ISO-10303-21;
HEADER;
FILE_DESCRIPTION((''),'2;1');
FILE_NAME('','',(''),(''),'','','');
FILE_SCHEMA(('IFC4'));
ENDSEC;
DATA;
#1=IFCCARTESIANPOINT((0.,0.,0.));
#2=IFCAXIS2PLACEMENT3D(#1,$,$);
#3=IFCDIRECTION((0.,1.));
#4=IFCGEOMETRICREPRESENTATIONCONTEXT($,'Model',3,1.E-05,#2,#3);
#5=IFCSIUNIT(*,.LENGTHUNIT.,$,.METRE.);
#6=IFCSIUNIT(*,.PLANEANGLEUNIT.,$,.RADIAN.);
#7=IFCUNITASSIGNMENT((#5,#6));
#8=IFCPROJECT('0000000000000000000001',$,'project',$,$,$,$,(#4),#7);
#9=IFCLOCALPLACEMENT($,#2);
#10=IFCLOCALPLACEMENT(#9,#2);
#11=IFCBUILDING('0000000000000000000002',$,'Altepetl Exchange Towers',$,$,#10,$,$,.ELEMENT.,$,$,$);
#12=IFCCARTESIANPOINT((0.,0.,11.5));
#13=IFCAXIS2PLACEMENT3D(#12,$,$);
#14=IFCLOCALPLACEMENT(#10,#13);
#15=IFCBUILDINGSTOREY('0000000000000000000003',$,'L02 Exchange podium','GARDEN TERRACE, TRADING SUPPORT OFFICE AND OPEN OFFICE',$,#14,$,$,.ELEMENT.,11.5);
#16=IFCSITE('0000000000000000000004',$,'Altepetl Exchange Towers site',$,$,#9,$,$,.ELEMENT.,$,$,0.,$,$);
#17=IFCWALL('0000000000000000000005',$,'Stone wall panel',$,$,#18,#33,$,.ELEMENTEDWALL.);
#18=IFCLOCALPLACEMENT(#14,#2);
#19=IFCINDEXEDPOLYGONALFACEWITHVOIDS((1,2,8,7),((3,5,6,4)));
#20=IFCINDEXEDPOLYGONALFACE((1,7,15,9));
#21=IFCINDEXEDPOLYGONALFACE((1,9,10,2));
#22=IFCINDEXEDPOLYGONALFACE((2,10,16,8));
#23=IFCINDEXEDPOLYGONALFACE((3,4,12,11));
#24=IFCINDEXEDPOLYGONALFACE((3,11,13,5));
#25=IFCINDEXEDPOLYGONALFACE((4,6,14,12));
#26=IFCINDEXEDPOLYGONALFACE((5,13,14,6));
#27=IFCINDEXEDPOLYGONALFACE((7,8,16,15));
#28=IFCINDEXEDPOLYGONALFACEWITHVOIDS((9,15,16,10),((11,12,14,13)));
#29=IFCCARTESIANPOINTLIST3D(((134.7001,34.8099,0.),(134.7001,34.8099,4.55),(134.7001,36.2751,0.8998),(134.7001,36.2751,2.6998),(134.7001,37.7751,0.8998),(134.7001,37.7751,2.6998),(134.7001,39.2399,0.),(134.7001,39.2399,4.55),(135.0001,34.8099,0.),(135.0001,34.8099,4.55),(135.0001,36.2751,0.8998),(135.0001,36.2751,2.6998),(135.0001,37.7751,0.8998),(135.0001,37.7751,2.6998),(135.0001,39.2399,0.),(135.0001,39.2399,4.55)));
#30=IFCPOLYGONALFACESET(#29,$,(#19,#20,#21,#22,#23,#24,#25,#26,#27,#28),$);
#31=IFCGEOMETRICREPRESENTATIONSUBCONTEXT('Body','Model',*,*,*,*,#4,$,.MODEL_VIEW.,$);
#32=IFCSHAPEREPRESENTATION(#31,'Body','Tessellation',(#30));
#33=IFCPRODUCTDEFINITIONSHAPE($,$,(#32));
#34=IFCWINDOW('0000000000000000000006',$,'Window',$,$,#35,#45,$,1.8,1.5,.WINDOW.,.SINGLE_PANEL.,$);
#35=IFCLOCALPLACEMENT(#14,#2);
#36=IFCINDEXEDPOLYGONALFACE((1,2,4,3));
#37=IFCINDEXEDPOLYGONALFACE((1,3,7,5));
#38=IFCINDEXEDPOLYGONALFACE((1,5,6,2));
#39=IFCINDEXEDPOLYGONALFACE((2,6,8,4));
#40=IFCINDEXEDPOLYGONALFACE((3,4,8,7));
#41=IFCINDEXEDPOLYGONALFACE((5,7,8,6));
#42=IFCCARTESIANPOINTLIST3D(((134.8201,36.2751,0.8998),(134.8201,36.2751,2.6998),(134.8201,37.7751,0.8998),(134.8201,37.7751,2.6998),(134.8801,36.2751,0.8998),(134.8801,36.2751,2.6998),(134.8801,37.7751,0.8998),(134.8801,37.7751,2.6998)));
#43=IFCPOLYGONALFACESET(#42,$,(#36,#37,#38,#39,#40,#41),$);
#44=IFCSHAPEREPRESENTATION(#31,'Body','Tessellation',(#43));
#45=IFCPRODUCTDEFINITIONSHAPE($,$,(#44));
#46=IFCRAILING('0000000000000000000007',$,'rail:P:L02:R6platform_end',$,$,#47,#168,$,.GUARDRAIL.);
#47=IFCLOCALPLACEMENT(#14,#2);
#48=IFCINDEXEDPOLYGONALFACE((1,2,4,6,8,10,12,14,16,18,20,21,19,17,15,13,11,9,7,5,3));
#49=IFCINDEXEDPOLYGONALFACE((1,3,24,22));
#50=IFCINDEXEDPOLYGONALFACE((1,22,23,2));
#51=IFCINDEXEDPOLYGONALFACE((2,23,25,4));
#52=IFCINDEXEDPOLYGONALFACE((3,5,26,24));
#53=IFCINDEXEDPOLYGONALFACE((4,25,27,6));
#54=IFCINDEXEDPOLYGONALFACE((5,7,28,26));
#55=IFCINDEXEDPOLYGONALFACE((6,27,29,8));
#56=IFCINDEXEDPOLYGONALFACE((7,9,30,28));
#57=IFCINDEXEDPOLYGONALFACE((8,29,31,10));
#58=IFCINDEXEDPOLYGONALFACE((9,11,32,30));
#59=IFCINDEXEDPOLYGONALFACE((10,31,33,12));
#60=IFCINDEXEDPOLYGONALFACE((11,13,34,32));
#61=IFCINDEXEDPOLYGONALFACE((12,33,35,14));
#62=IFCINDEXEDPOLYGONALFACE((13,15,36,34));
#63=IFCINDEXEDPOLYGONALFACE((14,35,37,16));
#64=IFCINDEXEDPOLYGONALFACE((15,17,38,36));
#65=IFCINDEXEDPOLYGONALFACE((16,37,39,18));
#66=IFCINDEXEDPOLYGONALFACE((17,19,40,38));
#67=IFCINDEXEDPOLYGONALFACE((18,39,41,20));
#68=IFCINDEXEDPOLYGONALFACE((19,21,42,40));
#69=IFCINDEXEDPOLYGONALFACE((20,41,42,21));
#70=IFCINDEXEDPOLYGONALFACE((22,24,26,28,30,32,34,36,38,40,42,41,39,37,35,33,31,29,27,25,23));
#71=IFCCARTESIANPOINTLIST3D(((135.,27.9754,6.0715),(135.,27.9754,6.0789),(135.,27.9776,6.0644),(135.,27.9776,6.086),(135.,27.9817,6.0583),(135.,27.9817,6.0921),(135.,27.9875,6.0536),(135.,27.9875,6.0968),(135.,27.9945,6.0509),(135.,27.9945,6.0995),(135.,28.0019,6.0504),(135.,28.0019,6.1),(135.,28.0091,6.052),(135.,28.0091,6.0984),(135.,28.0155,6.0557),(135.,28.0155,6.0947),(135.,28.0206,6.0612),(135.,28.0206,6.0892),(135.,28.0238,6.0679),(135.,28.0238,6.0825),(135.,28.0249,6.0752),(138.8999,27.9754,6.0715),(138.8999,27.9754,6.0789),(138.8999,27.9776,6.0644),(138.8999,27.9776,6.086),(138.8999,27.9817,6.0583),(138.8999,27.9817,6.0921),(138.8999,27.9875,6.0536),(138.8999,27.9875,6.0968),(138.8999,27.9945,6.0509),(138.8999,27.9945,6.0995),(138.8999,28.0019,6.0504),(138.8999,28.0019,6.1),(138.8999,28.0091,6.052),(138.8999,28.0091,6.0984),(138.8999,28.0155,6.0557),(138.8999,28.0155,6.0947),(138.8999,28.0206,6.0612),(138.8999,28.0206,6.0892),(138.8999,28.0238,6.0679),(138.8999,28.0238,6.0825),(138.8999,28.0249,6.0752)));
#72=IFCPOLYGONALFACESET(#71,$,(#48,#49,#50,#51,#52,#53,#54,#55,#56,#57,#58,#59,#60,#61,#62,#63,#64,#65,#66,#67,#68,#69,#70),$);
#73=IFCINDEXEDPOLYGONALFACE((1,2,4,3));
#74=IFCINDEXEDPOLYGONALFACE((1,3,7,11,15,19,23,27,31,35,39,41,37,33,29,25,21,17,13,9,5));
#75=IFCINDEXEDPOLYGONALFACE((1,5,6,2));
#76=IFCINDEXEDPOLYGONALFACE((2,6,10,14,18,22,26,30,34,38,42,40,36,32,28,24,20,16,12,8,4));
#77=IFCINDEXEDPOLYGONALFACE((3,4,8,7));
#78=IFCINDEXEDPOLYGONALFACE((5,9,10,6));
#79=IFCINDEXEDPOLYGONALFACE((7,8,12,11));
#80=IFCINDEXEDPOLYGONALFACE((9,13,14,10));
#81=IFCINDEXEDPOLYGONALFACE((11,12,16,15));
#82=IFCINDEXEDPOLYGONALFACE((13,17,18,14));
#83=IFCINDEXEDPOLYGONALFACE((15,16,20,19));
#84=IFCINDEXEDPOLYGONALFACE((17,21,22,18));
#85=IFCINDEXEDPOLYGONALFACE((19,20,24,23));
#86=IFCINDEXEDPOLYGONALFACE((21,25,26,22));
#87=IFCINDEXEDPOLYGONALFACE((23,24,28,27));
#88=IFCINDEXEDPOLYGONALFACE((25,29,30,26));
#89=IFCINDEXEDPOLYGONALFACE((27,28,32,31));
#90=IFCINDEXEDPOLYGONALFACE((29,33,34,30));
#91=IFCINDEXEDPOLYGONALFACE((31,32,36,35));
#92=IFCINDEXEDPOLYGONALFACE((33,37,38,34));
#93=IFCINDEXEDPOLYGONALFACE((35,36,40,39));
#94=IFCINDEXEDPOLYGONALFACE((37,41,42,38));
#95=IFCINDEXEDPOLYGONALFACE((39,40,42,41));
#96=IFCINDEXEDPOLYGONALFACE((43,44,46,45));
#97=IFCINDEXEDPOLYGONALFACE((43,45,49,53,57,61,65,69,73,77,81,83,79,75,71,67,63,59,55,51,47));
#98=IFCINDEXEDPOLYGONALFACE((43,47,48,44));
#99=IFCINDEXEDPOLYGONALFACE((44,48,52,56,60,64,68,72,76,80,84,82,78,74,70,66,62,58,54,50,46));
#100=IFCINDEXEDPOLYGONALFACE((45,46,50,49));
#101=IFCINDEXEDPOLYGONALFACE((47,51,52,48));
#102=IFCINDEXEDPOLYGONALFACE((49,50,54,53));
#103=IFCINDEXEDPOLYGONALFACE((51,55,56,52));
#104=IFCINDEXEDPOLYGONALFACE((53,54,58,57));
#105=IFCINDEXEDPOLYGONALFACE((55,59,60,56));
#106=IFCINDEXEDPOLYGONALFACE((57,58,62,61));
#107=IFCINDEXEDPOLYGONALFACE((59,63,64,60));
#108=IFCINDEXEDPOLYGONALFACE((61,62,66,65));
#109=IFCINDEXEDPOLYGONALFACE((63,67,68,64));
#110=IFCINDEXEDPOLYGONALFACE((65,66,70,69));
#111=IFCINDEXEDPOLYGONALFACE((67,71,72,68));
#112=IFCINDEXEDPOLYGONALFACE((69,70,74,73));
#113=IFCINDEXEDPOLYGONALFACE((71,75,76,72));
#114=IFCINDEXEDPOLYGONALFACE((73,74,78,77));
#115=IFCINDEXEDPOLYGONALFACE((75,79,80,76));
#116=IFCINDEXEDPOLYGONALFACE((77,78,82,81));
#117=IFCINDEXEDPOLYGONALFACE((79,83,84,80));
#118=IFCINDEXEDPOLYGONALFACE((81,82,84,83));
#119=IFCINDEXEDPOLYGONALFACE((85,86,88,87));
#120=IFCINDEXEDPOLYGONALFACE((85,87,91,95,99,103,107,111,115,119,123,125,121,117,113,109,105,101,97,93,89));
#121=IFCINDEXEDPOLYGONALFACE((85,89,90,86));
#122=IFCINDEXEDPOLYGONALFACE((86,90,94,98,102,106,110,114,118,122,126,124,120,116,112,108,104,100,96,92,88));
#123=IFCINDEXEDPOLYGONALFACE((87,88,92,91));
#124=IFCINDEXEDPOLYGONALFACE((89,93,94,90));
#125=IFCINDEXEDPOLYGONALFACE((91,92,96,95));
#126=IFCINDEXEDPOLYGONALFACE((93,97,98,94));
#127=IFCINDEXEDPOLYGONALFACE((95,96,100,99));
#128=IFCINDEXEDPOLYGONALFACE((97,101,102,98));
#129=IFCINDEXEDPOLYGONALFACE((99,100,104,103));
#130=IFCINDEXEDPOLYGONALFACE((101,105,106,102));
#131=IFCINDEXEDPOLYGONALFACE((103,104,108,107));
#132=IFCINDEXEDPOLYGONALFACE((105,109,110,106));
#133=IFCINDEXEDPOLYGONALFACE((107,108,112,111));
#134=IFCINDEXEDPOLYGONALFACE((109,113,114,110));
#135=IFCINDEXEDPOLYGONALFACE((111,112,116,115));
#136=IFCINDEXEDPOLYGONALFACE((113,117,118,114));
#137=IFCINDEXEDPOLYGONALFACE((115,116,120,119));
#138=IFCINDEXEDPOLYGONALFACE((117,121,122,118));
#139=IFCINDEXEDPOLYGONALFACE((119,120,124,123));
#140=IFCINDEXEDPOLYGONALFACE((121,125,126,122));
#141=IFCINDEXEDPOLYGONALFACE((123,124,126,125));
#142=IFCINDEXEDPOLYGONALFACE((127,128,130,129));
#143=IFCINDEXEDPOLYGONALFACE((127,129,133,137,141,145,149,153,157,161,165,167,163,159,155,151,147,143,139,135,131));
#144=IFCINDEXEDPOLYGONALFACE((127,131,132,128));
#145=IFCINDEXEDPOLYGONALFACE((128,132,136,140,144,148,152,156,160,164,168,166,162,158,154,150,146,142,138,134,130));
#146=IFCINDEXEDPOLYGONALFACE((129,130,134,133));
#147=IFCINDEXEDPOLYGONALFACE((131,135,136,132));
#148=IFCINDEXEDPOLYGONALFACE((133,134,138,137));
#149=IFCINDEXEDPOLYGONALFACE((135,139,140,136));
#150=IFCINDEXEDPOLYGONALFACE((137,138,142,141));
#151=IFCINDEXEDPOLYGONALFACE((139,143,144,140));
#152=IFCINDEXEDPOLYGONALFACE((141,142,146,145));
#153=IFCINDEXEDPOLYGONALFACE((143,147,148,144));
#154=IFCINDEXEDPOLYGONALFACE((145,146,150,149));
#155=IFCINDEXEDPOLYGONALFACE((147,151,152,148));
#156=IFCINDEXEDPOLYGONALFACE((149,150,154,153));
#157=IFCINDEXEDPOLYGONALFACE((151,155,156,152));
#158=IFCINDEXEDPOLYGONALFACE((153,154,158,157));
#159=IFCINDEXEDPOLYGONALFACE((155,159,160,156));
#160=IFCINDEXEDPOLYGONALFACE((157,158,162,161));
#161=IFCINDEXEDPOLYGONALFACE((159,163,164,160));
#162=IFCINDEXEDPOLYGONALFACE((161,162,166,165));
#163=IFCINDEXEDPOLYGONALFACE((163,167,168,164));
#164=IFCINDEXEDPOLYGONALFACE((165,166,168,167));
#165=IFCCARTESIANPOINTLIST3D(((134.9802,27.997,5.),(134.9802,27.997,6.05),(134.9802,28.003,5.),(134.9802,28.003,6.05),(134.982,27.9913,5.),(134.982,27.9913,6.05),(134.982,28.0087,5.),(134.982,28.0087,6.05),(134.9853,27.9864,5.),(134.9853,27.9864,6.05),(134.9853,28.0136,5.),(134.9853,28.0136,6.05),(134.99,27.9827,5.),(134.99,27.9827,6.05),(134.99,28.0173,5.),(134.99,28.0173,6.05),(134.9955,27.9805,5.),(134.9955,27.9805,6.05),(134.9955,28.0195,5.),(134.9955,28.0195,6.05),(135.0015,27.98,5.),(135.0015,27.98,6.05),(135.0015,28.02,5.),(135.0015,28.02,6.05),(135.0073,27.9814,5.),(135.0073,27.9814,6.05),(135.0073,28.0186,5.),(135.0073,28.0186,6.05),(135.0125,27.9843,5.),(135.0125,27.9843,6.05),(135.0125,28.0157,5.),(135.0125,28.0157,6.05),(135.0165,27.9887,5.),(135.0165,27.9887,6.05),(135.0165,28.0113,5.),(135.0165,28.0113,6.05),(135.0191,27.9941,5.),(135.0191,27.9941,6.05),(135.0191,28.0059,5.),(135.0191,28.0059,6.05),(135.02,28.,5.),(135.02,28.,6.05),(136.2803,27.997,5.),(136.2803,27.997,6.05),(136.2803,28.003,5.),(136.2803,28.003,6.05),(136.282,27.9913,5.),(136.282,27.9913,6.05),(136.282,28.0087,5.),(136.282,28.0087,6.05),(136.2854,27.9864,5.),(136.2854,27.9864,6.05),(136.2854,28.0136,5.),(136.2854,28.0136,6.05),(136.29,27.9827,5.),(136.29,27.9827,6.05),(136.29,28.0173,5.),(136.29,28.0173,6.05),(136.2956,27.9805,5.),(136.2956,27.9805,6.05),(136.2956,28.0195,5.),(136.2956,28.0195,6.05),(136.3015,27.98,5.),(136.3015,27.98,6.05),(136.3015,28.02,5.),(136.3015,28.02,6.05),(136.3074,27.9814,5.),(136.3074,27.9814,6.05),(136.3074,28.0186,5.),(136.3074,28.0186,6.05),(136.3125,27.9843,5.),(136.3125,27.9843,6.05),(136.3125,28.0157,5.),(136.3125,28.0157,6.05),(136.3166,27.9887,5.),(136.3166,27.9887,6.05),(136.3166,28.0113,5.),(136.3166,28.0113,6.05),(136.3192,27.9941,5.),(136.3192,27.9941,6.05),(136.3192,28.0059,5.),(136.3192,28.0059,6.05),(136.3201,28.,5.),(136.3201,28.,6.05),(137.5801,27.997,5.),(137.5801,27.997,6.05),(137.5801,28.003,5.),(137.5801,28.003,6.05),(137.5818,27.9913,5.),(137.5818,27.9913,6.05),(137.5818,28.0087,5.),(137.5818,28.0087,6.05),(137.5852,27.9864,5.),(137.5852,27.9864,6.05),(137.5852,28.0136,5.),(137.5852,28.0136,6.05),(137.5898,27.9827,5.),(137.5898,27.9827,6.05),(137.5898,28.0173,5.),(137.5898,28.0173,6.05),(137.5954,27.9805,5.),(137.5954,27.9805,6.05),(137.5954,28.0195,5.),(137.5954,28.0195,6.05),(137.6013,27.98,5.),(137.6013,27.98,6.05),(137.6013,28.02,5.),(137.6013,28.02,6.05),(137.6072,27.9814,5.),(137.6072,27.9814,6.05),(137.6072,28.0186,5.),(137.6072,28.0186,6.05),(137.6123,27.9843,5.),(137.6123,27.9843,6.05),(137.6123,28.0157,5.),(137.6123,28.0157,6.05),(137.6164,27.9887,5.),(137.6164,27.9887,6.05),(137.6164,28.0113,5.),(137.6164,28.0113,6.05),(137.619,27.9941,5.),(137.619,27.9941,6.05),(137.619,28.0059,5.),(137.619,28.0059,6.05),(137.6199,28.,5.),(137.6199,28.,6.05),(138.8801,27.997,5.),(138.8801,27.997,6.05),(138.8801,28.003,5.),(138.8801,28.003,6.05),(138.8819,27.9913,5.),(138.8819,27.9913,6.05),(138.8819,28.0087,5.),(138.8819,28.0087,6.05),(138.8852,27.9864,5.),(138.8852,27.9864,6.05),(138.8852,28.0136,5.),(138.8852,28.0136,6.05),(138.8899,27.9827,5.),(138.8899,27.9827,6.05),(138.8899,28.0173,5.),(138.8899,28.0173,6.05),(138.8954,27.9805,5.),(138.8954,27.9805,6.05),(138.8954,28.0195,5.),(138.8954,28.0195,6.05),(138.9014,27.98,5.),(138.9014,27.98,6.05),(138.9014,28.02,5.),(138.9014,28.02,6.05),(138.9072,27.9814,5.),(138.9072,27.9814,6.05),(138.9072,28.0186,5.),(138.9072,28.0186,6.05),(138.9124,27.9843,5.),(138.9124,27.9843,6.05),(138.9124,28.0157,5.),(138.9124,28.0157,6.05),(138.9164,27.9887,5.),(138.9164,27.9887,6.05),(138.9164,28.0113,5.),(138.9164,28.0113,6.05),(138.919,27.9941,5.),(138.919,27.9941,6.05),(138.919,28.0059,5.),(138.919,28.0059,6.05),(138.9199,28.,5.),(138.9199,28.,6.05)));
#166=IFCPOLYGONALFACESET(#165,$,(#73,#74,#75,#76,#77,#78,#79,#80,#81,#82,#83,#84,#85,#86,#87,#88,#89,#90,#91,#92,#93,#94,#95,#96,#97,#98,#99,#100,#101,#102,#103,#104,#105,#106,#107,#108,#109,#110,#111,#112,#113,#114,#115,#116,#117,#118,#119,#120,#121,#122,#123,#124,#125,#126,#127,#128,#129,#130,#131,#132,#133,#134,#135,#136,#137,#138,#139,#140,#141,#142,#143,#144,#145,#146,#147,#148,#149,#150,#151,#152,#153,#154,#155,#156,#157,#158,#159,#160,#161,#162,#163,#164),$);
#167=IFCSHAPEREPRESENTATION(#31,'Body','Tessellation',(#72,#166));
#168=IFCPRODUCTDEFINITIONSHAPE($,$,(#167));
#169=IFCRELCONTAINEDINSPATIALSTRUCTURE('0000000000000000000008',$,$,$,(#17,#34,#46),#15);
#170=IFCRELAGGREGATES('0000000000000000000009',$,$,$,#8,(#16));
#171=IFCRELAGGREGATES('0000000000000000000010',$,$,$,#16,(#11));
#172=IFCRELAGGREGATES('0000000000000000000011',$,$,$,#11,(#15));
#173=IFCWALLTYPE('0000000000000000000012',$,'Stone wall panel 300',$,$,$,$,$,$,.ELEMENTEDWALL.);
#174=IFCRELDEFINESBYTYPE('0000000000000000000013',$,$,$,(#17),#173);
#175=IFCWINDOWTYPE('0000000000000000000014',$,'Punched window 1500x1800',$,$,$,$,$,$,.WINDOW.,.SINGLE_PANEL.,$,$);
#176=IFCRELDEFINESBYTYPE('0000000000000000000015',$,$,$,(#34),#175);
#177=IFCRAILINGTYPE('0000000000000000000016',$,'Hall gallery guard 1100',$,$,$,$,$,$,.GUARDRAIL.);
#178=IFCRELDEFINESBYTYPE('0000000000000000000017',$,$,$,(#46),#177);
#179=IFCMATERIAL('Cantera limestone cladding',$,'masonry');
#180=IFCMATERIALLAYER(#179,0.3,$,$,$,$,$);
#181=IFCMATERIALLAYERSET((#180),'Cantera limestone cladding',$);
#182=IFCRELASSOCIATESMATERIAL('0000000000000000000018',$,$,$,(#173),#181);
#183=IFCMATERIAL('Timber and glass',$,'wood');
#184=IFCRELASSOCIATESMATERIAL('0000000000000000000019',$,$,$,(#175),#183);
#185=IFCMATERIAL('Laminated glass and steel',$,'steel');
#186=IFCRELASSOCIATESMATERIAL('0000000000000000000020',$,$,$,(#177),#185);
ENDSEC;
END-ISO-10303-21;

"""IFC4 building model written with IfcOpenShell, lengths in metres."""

from ifc_helpers import new_model, si_unit, direction, frame, frame_2d, origin, origin_2d, place, context, subcontext, project, spatial, rectangle, circle, extrude, source, transform, mapped, material, layer, layer_set, type_object, element, fill, save


model = new_model("IFC4")

# Units and contexts
model_context = context("Model", 3, precision=1e-05, world=origin(), true_north=direction((0.0, 1.0)))
body_context = subcontext(model_context, "Body", "Model", "MODEL_VIEW")
ifc_project = project(units=[si_unit("LENGTHUNIT", "METRE"), si_unit("PLANEANGLEUNIT", "RADIAN")], contexts=[model_context])

# Site, building, storey
site_placement = place(None, origin())
site = spatial("IfcSite", under=ifc_project, at=site_placement, Name="Altepetl Exchange Towers site", CompositionType="ELEMENT", RefElevation=0.0)
building_placement = place(site_placement, origin())
building = spatial("IfcBuilding", under=site, at=building_placement, Name="Altepetl Exchange Towers", CompositionType="ELEMENT")
storey_placement = place(building_placement, frame((0.0, 0.0, 11.5)))
storey = spatial("IfcBuildingStorey", under=building, at=storey_placement, Name="L02 Exchange podium", Description="GARDEN TERRACE, TRADING SUPPORT OFFICE AND OPEN OFFICE", CompositionType="ELEMENT", Elevation=11.5)

# Wall, opening, window
ifc_material_1 = material(Name="Cantera limestone cladding", Category="masonry")
ifc_layer_1 = layer(ifc_material_1, 0.3)
ifc_layer_set_1 = layer_set([ifc_layer_1], Name="Cantera limestone cladding")
wall_type_1 = type_object("IfcWallType", Name="Stone wall panel 300", PredefinedType="ELEMENTEDWALL", material=ifc_layer_set_1)
wall_1_placement = place(storey_placement, frame((134.8501, 34.8101, 0.0), z_axis=(0.0, 0.0, 1.0), x_axis=(0.0, 1.0, 0.0)))
wall_1 = element("IfcWall", 1, at=wall_1_placement, inside=storey, type_object=wall_type_1, Name="Stone wall panel", PredefinedType="ELEMENTEDWALL", context=body_context, shape_type="SweptSolid", body=[
    extrude(rectangle(XDim=4.4299, YDim=0.3, at=frame_2d((2.2148, 0.0))), origin(), (0.0, 0.0, 1.0), 4.55),
])
opening_1_placement = place(wall_1_placement, frame((1.4651, 0.0, 0.8999)))
opening_1 = element("IfcOpeningElement", 2, at=opening_1_placement, cuts=wall_1, PredefinedType="OPENING", context=body_context, shape_type="SweptSolid", body=[
    extrude(rectangle(XDim=1.5, YDim=1.8, at=frame_2d((0.75, 0.8999))), frame((0.0, 0.1602, 0.0), z_axis=(0.0, -1.0, 0.0), x_axis=(1.0, 0.0, 0.0)), (0.0, 0.0, 1.0), 0.3201),
])
ifc_material_2 = material(Name="Timber and glass", Category="wood")
window_type = type_object("IfcWindowType", Name="Punched window 1500x1800", PartitioningType="SINGLE_PANEL", PredefinedType="WINDOW", material=ifc_material_2)
window_placement = place(opening_1_placement, origin())
window = element("IfcWindow", 3, at=window_placement, inside=storey, type_object=window_type, Name="Window", OverallHeight=1.8, OverallWidth=1.5, PartitioningType="SINGLE_PANEL", PredefinedType="WINDOW", context=body_context, shape_type="SweptSolid", body=[
    extrude(rectangle(XDim=1.5, YDim=1.8, at=frame_2d((0.75, 0.8999))), frame((0.0, 0.03, 0.0), z_axis=(0.0, -1.0, 0.0), x_axis=(1.0, 0.0, 0.0)), (0.0, 0.0, 1.0), 0.0601),
])
fill(opening_1, window)

# Railing
ifc_material_3 = material(Name="Laminated glass and steel", Category="steel")
railing_type = type_object("IfcRailingType", Name="Hall gallery guard 1100", PredefinedType="GUARDRAIL", material=ifc_material_3)
shared_shape = source(origin(), body_context, "Body", "SweptSolid", [
    extrude(circle(Radius=0.02, at=origin_2d()), origin(), (0.0, 0.0, 1.0), 1.05),
])
railing_1_placement = place(storey_placement, frame((135.0, 28.0, 5.0)))
element("IfcRailing", 4, at=railing_1_placement, inside=storey, type_object=railing_type, Name="rail:P:L02:R6platform_end", PredefinedType="GUARDRAIL", context=body_context, shape_type="SweptSolid", body=[
    extrude(circle(Radius=0.0249, at=origin_2d()), frame((0.0, 0.0, 1.0752), z_axis=(1.0, 0.0, 0.0), x_axis=(0.0, 1.0, 0.0)), (0.0, 0.0, 1.0), 3.8999),
    mapped(shared_shape, transform((0.0, 0.0, 0.0))),
    mapped(shared_shape, transform((1.3, 0.0, 0.0))),
    mapped(shared_shape, transform((2.5999, 0.0, 0.0))),
    mapped(shared_shape, transform((3.8999, 0.0, 0.0))),
])

save(model, "model.ifc")
